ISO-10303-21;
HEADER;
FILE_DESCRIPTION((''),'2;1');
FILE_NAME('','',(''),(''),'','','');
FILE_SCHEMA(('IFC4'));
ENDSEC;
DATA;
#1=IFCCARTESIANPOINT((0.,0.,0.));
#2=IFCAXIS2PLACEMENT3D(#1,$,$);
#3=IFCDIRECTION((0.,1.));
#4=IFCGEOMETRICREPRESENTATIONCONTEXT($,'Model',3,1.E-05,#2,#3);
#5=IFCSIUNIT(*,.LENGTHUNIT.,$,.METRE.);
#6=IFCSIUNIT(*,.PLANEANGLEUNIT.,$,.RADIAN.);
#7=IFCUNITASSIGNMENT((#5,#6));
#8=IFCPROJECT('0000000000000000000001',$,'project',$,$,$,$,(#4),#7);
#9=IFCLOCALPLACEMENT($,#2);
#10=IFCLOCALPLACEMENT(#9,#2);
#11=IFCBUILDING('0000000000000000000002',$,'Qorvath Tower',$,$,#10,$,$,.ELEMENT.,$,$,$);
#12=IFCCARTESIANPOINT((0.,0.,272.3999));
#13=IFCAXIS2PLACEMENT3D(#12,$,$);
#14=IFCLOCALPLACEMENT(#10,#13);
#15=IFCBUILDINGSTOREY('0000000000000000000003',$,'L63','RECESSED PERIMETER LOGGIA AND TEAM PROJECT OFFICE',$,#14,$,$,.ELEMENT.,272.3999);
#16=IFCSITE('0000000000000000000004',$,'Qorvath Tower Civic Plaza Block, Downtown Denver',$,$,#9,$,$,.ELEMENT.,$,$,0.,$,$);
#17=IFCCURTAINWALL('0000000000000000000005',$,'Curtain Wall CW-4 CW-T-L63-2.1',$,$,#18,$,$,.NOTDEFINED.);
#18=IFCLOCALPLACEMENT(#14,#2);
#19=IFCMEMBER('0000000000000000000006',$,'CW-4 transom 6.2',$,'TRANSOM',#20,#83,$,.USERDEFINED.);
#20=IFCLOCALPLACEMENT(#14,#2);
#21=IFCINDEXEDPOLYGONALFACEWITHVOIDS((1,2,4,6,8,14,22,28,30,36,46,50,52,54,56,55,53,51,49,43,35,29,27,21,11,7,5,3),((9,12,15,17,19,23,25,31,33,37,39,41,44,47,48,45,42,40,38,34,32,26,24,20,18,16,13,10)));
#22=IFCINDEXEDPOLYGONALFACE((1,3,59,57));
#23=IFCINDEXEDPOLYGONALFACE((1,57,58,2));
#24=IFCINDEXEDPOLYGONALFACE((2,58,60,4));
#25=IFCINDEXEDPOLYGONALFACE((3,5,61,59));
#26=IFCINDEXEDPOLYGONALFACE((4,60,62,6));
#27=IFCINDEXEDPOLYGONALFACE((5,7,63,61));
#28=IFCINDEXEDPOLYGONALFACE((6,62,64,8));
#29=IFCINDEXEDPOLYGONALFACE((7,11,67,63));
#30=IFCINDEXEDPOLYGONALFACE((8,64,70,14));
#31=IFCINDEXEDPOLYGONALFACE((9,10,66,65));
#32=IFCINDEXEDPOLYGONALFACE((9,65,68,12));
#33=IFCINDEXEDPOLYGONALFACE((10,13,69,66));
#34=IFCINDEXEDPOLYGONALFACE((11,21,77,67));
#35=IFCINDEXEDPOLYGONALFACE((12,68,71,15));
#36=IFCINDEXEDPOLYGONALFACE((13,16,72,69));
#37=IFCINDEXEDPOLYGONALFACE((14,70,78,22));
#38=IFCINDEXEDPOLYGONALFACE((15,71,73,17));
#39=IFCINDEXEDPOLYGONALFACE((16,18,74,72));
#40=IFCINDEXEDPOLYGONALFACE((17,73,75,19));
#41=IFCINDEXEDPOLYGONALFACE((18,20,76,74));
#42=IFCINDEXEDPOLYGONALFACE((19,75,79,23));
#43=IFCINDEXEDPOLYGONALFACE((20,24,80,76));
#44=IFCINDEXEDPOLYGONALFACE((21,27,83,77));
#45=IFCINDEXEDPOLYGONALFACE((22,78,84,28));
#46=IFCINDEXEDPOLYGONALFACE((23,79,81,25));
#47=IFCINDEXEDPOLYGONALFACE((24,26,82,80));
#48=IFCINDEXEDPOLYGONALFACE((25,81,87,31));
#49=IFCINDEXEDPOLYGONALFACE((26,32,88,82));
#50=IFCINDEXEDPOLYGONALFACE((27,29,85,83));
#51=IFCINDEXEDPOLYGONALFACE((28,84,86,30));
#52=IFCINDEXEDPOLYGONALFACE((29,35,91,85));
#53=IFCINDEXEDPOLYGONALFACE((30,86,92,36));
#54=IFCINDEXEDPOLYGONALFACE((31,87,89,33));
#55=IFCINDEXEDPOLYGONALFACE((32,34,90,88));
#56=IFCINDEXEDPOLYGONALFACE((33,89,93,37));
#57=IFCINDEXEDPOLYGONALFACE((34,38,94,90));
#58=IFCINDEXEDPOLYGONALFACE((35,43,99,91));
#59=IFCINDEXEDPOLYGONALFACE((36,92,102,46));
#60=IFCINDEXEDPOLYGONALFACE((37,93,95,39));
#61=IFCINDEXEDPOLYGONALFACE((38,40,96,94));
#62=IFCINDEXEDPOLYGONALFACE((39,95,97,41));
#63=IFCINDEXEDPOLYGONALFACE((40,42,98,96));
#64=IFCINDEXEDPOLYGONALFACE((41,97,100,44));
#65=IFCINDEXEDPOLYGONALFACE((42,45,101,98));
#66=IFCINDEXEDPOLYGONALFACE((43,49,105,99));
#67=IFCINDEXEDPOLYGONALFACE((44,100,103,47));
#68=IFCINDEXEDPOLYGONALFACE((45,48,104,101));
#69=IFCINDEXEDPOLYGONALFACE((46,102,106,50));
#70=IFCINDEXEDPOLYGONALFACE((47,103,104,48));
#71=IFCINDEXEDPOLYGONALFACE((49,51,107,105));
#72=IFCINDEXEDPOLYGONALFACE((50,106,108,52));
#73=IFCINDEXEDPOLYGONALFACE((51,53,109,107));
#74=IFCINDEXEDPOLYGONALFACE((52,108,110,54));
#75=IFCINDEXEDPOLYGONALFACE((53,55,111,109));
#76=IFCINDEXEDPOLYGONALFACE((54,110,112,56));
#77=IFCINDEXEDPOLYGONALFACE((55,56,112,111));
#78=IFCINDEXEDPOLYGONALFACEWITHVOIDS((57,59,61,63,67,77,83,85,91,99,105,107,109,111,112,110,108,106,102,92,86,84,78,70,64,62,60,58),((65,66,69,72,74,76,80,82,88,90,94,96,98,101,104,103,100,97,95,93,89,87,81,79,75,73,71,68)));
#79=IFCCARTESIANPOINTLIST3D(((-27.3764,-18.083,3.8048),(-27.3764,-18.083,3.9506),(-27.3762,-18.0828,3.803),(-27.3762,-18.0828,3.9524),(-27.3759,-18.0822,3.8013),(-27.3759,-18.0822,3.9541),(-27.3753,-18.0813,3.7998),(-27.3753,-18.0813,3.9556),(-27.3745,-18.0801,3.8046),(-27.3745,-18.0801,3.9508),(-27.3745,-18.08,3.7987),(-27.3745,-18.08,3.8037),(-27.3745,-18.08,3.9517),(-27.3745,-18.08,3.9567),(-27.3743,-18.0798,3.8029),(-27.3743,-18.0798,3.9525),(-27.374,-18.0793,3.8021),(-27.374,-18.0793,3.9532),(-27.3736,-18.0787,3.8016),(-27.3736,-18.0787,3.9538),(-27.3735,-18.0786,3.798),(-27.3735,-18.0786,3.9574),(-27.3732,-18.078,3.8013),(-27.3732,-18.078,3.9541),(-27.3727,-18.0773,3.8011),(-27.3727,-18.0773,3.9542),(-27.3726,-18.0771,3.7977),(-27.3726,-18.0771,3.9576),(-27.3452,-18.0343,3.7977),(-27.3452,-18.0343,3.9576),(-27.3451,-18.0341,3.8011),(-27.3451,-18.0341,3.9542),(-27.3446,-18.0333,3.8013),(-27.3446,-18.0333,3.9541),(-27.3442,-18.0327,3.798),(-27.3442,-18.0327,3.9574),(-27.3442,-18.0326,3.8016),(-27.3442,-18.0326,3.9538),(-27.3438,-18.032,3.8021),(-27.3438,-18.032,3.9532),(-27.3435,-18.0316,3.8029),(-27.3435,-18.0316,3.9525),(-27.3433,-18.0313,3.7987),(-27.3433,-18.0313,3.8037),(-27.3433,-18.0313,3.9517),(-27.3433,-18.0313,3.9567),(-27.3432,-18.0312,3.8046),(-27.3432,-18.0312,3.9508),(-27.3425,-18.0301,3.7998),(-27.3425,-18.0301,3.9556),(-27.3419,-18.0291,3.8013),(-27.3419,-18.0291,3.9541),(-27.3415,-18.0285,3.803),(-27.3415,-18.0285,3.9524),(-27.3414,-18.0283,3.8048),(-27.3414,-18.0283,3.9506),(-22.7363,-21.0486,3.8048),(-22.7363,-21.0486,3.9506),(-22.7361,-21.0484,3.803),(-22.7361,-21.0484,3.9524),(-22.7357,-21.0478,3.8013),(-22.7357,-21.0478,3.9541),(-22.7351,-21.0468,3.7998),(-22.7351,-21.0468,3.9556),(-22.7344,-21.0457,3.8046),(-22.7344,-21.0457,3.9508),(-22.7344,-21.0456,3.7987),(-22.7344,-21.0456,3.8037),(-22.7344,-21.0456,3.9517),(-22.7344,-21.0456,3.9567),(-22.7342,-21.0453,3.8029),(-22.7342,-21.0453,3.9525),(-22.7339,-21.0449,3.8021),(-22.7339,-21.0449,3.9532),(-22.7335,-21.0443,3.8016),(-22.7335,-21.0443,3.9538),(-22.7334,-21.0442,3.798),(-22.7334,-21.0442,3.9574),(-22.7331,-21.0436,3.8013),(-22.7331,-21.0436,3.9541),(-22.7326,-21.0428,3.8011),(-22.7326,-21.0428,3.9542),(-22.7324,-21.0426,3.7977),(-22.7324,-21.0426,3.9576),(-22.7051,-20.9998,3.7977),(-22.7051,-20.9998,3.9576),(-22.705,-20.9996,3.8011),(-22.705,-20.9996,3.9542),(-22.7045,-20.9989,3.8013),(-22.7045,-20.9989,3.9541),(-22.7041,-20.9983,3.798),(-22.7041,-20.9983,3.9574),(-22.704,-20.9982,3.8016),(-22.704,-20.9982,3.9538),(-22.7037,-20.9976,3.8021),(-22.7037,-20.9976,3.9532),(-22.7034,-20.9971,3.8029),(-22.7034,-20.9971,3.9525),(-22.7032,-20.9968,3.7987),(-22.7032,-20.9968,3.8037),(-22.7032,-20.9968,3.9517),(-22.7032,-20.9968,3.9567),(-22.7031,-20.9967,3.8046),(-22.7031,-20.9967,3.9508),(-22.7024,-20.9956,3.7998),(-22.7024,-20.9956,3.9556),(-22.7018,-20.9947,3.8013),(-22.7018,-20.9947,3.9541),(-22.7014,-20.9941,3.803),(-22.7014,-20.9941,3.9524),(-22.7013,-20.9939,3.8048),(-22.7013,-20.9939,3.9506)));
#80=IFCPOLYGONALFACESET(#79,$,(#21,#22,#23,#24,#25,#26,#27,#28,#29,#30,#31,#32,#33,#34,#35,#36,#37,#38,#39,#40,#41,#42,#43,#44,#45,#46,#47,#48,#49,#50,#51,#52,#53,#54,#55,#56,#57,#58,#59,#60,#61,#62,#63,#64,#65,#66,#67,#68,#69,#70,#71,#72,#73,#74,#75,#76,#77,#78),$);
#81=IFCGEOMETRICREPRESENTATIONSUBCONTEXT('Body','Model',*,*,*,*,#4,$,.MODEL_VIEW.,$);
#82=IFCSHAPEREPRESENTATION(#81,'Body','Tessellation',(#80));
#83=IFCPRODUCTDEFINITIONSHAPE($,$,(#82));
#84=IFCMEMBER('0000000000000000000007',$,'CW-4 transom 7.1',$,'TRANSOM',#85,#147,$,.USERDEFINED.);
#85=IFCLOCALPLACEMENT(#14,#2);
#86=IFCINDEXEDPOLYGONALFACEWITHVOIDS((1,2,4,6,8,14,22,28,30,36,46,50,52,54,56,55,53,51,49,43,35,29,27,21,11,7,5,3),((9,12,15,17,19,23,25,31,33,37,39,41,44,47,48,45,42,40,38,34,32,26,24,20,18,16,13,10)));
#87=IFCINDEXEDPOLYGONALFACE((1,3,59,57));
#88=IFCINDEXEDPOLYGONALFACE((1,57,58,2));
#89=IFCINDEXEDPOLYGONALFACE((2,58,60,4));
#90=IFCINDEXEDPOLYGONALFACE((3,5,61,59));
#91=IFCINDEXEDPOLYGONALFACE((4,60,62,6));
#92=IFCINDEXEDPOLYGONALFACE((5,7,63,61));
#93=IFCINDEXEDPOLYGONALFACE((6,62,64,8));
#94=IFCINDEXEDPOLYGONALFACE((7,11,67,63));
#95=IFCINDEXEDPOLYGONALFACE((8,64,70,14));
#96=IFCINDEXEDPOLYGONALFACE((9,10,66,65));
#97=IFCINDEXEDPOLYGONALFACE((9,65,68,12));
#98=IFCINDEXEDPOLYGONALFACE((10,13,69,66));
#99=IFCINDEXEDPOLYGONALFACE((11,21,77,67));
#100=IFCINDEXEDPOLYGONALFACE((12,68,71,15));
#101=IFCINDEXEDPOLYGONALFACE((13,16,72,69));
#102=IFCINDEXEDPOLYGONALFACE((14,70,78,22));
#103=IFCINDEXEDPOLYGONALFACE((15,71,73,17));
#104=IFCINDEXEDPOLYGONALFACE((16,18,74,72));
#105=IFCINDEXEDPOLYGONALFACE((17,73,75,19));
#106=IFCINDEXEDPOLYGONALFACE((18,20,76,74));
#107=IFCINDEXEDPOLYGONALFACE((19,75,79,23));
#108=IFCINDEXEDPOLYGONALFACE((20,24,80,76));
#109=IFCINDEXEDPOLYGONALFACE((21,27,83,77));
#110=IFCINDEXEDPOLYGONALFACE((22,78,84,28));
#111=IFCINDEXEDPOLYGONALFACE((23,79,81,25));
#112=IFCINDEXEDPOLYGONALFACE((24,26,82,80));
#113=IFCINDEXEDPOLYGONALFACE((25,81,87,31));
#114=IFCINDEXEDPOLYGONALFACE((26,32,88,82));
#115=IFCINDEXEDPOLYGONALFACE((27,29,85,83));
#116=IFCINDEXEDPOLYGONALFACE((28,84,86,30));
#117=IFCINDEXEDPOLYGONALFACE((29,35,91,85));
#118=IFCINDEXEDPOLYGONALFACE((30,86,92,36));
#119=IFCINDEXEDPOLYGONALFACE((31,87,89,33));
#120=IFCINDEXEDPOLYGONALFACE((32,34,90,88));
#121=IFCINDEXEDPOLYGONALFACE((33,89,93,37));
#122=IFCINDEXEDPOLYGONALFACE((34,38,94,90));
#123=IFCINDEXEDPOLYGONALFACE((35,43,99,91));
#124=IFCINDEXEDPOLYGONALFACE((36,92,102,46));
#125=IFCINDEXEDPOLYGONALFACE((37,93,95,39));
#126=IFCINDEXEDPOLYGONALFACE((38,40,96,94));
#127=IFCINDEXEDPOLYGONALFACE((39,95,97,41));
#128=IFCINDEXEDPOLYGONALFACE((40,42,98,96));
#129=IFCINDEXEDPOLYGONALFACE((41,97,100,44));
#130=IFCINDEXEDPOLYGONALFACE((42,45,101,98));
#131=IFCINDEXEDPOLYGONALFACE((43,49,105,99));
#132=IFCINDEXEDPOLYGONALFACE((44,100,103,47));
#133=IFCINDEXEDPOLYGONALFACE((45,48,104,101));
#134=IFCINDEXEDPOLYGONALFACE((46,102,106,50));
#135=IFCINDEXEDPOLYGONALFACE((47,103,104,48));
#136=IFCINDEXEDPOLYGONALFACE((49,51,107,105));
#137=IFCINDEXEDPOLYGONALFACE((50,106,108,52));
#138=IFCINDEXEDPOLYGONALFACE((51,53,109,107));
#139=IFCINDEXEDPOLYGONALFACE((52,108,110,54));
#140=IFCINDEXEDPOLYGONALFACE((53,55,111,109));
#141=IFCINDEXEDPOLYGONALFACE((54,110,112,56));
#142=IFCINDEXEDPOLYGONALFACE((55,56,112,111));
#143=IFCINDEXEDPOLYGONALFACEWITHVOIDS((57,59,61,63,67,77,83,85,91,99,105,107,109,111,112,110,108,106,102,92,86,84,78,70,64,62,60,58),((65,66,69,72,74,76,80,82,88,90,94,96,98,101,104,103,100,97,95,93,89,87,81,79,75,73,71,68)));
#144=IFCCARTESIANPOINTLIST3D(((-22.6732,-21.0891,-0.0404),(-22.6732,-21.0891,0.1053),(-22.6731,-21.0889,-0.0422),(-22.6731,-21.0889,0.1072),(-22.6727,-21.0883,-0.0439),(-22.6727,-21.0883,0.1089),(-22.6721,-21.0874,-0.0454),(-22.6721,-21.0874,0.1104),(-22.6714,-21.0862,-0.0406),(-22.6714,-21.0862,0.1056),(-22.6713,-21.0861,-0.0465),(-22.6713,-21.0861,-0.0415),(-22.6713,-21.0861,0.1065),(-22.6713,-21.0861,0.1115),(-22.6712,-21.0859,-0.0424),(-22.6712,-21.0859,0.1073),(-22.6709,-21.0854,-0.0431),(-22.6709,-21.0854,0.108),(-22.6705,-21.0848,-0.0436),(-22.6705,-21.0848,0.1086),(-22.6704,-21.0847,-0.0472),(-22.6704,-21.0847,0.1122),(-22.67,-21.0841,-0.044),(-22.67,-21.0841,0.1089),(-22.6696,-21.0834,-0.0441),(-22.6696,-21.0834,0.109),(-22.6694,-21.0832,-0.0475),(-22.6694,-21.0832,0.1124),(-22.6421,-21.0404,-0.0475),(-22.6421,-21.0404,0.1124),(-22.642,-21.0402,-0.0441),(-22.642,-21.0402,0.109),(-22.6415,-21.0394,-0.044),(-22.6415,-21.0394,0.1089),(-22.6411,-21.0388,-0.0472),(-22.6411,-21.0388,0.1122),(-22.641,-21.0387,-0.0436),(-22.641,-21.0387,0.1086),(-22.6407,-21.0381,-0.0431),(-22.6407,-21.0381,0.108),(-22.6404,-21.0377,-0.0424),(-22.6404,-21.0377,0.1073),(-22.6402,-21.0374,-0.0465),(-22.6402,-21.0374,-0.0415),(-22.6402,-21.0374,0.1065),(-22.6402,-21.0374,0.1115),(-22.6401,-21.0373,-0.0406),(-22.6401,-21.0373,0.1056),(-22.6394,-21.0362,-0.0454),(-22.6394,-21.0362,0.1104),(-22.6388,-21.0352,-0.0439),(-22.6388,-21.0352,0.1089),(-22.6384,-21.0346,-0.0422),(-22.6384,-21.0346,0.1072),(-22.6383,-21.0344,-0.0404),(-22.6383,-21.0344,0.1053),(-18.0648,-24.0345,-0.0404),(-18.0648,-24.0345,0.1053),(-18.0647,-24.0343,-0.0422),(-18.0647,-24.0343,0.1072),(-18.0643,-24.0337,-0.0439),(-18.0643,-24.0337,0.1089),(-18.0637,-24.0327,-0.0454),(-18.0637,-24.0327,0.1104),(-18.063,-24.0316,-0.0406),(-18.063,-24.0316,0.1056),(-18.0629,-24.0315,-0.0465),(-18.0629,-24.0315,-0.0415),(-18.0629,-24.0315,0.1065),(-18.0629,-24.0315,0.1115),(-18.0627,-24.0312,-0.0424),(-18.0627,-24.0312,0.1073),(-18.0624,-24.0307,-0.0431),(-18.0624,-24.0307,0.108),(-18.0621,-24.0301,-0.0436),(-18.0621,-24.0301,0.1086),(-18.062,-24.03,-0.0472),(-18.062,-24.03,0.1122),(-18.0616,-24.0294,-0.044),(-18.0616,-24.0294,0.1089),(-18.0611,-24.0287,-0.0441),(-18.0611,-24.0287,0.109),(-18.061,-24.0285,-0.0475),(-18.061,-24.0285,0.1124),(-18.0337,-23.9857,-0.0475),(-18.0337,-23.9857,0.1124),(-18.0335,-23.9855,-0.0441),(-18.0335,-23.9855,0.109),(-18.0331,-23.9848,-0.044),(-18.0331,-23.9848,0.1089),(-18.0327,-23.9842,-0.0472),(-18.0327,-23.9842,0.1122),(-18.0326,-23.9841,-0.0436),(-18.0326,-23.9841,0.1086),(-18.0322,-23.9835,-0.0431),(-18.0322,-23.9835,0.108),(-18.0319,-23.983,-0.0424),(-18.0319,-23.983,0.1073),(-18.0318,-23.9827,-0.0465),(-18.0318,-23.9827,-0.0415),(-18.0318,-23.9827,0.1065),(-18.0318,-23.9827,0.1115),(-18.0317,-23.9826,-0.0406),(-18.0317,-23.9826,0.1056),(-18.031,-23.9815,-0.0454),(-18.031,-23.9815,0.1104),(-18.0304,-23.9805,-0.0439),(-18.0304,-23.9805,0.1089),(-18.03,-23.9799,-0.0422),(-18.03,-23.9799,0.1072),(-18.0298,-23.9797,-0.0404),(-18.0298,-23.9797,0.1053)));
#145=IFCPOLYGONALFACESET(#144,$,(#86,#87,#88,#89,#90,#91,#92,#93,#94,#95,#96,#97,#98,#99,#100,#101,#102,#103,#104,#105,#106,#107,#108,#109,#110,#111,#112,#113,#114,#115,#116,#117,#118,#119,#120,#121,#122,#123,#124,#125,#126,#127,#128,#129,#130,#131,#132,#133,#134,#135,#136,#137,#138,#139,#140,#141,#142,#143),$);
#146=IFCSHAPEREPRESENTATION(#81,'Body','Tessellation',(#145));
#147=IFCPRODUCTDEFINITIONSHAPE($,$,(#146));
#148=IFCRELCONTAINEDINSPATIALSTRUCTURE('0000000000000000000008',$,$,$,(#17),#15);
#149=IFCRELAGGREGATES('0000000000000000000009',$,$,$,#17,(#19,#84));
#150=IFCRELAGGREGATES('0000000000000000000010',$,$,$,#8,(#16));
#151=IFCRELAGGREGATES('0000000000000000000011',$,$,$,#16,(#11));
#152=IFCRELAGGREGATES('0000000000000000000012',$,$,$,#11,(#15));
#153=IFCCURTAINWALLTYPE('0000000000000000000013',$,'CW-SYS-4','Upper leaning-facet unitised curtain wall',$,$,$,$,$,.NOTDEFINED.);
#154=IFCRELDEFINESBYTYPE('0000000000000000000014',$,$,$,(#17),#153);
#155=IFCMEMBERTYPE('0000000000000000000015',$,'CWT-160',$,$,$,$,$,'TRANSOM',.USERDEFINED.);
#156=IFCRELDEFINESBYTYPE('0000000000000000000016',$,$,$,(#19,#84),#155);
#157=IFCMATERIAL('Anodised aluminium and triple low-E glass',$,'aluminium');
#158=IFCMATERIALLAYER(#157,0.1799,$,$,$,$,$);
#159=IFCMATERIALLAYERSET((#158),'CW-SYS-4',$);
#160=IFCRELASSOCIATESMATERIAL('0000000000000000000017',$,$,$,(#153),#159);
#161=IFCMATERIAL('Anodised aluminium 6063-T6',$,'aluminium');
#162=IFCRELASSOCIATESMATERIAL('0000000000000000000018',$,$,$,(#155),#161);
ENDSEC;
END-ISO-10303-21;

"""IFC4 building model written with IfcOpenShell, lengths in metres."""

from ifc_helpers import new_model, si_unit, direction, frame, origin, origin_2d, place, context, subcontext, project, spatial, hollow_rectangle, extrude, material, layer, layer_set, material_profile, profile_set, type_object, element, aggregate, save


model = new_model("IFC4")

# Units and contexts
model_context = context("Model", 3, precision=1e-05, world=origin(), true_north=direction((0.0, 1.0)))
body_context = subcontext(model_context, "Body", "Model", "MODEL_VIEW")
ifc_project = project(units=[si_unit("LENGTHUNIT", "METRE"), si_unit("PLANEANGLEUNIT", "RADIAN")], contexts=[model_context])

# Site, building, storey
site_placement = place(None, origin())
site = spatial("IfcSite", under=ifc_project, at=site_placement, Name="Qorvath Tower Civic Plaza Block, Downtown Denver", CompositionType="ELEMENT", RefElevation=0.0)
building_placement = place(site_placement, origin())
building = spatial("IfcBuilding", under=site, at=building_placement, Name="Qorvath Tower", CompositionType="ELEMENT")
storey_placement = place(building_placement, frame((0.0, 0.0, 272.3999)))
storey = spatial("IfcBuildingStorey", under=building, at=storey_placement, Name="L63", Description="RECESSED PERIMETER LOGGIA AND TEAM PROJECT OFFICE", CompositionType="ELEMENT", Elevation=272.3999)

# Curtain wall, members
ifc_material_1 = material(Name="Anodised aluminium and triple low-E glass", Category="aluminium")
ifc_layer_1 = layer(ifc_material_1, 0.1799)
ifc_layer_set_1 = layer_set([ifc_layer_1], Name="CW-SYS-4")
curtain_wall_type = type_object("IfcCurtainWallType", Name="CW-SYS-4", Description="Upper leaning-facet unitised curtain wall", PredefinedType="NOTDEFINED", material=ifc_layer_set_1)
curtain_wall_placement = place(storey_placement, origin())
curtain_wall = element("IfcCurtainWall", 1, at=curtain_wall_placement, inside=storey, type_object=curtain_wall_type, Name="Curtain Wall CW-4 CW-T-L63-2.1", PredefinedType="NOTDEFINED")
ifc_material_2 = material(Name="Anodised aluminium 6063-T6", Category="aluminium")
ifc_material_profile_1 = material_profile(ifc_material_2, hollow_rectangle(XDim=0.0649, YDim=0.1599, WallThickness=0.0034, InnerFilletRadius=0.0034, OuterFilletRadius=0.0071, at=origin_2d()), Name="CWT 160x65")
ifc_profile_set_1 = profile_set([ifc_material_profile_1], Name="Anodised aluminium 6063-T6")
member_type_1 = type_object("IfcMemberType", Name="CWT-160", ElementType="TRANSOM", PredefinedType="USERDEFINED", material=ifc_profile_set_1)
member_1_placement = place(storey_placement, frame((-27.3589, -18.0557, 3.8777), z_axis=(0.84261, -0.538524, 0.0), x_axis=(0.538524, 0.84261, 0.0)))
member_1 = element("IfcMember", 2, at=member_1_placement, type_object=member_type_1, Name="CW-4 transom 6.2", ObjectType="TRANSOM", PredefinedType="USERDEFINED", context=body_context, shape_type="SweptSolid", body=[
    extrude(hollow_rectangle(XDim=0.0649, YDim=0.1599, WallThickness=0.0034, InnerFilletRadius=0.0034, OuterFilletRadius=0.0071, at=origin_2d()), origin(), (0.0, 0.0, 1.0), 5.5068),
])
member_2_placement = place(storey_placement, frame((-22.6558, -21.0618, 0.0325), z_axis=(0.842608, -0.538527, 0.0), x_axis=(0.538527, 0.842608, 0.0)))
member_2 = element("IfcMember", 3, at=member_2_placement, type_object=member_type_1, Name="CW-4 transom 7.1", ObjectType="TRANSOM", PredefinedType="USERDEFINED", context=body_context, shape_type="SweptSolid", body=[
    extrude(hollow_rectangle(XDim=0.0649, YDim=0.1599, WallThickness=0.0034, InnerFilletRadius=0.0034, OuterFilletRadius=0.0071, at=origin_2d()), origin(), (0.0, 0.0, 1.0), 5.4692),
])
aggregate(curtain_wall, [member_1, member_2])

save(model, "model.ifc")
